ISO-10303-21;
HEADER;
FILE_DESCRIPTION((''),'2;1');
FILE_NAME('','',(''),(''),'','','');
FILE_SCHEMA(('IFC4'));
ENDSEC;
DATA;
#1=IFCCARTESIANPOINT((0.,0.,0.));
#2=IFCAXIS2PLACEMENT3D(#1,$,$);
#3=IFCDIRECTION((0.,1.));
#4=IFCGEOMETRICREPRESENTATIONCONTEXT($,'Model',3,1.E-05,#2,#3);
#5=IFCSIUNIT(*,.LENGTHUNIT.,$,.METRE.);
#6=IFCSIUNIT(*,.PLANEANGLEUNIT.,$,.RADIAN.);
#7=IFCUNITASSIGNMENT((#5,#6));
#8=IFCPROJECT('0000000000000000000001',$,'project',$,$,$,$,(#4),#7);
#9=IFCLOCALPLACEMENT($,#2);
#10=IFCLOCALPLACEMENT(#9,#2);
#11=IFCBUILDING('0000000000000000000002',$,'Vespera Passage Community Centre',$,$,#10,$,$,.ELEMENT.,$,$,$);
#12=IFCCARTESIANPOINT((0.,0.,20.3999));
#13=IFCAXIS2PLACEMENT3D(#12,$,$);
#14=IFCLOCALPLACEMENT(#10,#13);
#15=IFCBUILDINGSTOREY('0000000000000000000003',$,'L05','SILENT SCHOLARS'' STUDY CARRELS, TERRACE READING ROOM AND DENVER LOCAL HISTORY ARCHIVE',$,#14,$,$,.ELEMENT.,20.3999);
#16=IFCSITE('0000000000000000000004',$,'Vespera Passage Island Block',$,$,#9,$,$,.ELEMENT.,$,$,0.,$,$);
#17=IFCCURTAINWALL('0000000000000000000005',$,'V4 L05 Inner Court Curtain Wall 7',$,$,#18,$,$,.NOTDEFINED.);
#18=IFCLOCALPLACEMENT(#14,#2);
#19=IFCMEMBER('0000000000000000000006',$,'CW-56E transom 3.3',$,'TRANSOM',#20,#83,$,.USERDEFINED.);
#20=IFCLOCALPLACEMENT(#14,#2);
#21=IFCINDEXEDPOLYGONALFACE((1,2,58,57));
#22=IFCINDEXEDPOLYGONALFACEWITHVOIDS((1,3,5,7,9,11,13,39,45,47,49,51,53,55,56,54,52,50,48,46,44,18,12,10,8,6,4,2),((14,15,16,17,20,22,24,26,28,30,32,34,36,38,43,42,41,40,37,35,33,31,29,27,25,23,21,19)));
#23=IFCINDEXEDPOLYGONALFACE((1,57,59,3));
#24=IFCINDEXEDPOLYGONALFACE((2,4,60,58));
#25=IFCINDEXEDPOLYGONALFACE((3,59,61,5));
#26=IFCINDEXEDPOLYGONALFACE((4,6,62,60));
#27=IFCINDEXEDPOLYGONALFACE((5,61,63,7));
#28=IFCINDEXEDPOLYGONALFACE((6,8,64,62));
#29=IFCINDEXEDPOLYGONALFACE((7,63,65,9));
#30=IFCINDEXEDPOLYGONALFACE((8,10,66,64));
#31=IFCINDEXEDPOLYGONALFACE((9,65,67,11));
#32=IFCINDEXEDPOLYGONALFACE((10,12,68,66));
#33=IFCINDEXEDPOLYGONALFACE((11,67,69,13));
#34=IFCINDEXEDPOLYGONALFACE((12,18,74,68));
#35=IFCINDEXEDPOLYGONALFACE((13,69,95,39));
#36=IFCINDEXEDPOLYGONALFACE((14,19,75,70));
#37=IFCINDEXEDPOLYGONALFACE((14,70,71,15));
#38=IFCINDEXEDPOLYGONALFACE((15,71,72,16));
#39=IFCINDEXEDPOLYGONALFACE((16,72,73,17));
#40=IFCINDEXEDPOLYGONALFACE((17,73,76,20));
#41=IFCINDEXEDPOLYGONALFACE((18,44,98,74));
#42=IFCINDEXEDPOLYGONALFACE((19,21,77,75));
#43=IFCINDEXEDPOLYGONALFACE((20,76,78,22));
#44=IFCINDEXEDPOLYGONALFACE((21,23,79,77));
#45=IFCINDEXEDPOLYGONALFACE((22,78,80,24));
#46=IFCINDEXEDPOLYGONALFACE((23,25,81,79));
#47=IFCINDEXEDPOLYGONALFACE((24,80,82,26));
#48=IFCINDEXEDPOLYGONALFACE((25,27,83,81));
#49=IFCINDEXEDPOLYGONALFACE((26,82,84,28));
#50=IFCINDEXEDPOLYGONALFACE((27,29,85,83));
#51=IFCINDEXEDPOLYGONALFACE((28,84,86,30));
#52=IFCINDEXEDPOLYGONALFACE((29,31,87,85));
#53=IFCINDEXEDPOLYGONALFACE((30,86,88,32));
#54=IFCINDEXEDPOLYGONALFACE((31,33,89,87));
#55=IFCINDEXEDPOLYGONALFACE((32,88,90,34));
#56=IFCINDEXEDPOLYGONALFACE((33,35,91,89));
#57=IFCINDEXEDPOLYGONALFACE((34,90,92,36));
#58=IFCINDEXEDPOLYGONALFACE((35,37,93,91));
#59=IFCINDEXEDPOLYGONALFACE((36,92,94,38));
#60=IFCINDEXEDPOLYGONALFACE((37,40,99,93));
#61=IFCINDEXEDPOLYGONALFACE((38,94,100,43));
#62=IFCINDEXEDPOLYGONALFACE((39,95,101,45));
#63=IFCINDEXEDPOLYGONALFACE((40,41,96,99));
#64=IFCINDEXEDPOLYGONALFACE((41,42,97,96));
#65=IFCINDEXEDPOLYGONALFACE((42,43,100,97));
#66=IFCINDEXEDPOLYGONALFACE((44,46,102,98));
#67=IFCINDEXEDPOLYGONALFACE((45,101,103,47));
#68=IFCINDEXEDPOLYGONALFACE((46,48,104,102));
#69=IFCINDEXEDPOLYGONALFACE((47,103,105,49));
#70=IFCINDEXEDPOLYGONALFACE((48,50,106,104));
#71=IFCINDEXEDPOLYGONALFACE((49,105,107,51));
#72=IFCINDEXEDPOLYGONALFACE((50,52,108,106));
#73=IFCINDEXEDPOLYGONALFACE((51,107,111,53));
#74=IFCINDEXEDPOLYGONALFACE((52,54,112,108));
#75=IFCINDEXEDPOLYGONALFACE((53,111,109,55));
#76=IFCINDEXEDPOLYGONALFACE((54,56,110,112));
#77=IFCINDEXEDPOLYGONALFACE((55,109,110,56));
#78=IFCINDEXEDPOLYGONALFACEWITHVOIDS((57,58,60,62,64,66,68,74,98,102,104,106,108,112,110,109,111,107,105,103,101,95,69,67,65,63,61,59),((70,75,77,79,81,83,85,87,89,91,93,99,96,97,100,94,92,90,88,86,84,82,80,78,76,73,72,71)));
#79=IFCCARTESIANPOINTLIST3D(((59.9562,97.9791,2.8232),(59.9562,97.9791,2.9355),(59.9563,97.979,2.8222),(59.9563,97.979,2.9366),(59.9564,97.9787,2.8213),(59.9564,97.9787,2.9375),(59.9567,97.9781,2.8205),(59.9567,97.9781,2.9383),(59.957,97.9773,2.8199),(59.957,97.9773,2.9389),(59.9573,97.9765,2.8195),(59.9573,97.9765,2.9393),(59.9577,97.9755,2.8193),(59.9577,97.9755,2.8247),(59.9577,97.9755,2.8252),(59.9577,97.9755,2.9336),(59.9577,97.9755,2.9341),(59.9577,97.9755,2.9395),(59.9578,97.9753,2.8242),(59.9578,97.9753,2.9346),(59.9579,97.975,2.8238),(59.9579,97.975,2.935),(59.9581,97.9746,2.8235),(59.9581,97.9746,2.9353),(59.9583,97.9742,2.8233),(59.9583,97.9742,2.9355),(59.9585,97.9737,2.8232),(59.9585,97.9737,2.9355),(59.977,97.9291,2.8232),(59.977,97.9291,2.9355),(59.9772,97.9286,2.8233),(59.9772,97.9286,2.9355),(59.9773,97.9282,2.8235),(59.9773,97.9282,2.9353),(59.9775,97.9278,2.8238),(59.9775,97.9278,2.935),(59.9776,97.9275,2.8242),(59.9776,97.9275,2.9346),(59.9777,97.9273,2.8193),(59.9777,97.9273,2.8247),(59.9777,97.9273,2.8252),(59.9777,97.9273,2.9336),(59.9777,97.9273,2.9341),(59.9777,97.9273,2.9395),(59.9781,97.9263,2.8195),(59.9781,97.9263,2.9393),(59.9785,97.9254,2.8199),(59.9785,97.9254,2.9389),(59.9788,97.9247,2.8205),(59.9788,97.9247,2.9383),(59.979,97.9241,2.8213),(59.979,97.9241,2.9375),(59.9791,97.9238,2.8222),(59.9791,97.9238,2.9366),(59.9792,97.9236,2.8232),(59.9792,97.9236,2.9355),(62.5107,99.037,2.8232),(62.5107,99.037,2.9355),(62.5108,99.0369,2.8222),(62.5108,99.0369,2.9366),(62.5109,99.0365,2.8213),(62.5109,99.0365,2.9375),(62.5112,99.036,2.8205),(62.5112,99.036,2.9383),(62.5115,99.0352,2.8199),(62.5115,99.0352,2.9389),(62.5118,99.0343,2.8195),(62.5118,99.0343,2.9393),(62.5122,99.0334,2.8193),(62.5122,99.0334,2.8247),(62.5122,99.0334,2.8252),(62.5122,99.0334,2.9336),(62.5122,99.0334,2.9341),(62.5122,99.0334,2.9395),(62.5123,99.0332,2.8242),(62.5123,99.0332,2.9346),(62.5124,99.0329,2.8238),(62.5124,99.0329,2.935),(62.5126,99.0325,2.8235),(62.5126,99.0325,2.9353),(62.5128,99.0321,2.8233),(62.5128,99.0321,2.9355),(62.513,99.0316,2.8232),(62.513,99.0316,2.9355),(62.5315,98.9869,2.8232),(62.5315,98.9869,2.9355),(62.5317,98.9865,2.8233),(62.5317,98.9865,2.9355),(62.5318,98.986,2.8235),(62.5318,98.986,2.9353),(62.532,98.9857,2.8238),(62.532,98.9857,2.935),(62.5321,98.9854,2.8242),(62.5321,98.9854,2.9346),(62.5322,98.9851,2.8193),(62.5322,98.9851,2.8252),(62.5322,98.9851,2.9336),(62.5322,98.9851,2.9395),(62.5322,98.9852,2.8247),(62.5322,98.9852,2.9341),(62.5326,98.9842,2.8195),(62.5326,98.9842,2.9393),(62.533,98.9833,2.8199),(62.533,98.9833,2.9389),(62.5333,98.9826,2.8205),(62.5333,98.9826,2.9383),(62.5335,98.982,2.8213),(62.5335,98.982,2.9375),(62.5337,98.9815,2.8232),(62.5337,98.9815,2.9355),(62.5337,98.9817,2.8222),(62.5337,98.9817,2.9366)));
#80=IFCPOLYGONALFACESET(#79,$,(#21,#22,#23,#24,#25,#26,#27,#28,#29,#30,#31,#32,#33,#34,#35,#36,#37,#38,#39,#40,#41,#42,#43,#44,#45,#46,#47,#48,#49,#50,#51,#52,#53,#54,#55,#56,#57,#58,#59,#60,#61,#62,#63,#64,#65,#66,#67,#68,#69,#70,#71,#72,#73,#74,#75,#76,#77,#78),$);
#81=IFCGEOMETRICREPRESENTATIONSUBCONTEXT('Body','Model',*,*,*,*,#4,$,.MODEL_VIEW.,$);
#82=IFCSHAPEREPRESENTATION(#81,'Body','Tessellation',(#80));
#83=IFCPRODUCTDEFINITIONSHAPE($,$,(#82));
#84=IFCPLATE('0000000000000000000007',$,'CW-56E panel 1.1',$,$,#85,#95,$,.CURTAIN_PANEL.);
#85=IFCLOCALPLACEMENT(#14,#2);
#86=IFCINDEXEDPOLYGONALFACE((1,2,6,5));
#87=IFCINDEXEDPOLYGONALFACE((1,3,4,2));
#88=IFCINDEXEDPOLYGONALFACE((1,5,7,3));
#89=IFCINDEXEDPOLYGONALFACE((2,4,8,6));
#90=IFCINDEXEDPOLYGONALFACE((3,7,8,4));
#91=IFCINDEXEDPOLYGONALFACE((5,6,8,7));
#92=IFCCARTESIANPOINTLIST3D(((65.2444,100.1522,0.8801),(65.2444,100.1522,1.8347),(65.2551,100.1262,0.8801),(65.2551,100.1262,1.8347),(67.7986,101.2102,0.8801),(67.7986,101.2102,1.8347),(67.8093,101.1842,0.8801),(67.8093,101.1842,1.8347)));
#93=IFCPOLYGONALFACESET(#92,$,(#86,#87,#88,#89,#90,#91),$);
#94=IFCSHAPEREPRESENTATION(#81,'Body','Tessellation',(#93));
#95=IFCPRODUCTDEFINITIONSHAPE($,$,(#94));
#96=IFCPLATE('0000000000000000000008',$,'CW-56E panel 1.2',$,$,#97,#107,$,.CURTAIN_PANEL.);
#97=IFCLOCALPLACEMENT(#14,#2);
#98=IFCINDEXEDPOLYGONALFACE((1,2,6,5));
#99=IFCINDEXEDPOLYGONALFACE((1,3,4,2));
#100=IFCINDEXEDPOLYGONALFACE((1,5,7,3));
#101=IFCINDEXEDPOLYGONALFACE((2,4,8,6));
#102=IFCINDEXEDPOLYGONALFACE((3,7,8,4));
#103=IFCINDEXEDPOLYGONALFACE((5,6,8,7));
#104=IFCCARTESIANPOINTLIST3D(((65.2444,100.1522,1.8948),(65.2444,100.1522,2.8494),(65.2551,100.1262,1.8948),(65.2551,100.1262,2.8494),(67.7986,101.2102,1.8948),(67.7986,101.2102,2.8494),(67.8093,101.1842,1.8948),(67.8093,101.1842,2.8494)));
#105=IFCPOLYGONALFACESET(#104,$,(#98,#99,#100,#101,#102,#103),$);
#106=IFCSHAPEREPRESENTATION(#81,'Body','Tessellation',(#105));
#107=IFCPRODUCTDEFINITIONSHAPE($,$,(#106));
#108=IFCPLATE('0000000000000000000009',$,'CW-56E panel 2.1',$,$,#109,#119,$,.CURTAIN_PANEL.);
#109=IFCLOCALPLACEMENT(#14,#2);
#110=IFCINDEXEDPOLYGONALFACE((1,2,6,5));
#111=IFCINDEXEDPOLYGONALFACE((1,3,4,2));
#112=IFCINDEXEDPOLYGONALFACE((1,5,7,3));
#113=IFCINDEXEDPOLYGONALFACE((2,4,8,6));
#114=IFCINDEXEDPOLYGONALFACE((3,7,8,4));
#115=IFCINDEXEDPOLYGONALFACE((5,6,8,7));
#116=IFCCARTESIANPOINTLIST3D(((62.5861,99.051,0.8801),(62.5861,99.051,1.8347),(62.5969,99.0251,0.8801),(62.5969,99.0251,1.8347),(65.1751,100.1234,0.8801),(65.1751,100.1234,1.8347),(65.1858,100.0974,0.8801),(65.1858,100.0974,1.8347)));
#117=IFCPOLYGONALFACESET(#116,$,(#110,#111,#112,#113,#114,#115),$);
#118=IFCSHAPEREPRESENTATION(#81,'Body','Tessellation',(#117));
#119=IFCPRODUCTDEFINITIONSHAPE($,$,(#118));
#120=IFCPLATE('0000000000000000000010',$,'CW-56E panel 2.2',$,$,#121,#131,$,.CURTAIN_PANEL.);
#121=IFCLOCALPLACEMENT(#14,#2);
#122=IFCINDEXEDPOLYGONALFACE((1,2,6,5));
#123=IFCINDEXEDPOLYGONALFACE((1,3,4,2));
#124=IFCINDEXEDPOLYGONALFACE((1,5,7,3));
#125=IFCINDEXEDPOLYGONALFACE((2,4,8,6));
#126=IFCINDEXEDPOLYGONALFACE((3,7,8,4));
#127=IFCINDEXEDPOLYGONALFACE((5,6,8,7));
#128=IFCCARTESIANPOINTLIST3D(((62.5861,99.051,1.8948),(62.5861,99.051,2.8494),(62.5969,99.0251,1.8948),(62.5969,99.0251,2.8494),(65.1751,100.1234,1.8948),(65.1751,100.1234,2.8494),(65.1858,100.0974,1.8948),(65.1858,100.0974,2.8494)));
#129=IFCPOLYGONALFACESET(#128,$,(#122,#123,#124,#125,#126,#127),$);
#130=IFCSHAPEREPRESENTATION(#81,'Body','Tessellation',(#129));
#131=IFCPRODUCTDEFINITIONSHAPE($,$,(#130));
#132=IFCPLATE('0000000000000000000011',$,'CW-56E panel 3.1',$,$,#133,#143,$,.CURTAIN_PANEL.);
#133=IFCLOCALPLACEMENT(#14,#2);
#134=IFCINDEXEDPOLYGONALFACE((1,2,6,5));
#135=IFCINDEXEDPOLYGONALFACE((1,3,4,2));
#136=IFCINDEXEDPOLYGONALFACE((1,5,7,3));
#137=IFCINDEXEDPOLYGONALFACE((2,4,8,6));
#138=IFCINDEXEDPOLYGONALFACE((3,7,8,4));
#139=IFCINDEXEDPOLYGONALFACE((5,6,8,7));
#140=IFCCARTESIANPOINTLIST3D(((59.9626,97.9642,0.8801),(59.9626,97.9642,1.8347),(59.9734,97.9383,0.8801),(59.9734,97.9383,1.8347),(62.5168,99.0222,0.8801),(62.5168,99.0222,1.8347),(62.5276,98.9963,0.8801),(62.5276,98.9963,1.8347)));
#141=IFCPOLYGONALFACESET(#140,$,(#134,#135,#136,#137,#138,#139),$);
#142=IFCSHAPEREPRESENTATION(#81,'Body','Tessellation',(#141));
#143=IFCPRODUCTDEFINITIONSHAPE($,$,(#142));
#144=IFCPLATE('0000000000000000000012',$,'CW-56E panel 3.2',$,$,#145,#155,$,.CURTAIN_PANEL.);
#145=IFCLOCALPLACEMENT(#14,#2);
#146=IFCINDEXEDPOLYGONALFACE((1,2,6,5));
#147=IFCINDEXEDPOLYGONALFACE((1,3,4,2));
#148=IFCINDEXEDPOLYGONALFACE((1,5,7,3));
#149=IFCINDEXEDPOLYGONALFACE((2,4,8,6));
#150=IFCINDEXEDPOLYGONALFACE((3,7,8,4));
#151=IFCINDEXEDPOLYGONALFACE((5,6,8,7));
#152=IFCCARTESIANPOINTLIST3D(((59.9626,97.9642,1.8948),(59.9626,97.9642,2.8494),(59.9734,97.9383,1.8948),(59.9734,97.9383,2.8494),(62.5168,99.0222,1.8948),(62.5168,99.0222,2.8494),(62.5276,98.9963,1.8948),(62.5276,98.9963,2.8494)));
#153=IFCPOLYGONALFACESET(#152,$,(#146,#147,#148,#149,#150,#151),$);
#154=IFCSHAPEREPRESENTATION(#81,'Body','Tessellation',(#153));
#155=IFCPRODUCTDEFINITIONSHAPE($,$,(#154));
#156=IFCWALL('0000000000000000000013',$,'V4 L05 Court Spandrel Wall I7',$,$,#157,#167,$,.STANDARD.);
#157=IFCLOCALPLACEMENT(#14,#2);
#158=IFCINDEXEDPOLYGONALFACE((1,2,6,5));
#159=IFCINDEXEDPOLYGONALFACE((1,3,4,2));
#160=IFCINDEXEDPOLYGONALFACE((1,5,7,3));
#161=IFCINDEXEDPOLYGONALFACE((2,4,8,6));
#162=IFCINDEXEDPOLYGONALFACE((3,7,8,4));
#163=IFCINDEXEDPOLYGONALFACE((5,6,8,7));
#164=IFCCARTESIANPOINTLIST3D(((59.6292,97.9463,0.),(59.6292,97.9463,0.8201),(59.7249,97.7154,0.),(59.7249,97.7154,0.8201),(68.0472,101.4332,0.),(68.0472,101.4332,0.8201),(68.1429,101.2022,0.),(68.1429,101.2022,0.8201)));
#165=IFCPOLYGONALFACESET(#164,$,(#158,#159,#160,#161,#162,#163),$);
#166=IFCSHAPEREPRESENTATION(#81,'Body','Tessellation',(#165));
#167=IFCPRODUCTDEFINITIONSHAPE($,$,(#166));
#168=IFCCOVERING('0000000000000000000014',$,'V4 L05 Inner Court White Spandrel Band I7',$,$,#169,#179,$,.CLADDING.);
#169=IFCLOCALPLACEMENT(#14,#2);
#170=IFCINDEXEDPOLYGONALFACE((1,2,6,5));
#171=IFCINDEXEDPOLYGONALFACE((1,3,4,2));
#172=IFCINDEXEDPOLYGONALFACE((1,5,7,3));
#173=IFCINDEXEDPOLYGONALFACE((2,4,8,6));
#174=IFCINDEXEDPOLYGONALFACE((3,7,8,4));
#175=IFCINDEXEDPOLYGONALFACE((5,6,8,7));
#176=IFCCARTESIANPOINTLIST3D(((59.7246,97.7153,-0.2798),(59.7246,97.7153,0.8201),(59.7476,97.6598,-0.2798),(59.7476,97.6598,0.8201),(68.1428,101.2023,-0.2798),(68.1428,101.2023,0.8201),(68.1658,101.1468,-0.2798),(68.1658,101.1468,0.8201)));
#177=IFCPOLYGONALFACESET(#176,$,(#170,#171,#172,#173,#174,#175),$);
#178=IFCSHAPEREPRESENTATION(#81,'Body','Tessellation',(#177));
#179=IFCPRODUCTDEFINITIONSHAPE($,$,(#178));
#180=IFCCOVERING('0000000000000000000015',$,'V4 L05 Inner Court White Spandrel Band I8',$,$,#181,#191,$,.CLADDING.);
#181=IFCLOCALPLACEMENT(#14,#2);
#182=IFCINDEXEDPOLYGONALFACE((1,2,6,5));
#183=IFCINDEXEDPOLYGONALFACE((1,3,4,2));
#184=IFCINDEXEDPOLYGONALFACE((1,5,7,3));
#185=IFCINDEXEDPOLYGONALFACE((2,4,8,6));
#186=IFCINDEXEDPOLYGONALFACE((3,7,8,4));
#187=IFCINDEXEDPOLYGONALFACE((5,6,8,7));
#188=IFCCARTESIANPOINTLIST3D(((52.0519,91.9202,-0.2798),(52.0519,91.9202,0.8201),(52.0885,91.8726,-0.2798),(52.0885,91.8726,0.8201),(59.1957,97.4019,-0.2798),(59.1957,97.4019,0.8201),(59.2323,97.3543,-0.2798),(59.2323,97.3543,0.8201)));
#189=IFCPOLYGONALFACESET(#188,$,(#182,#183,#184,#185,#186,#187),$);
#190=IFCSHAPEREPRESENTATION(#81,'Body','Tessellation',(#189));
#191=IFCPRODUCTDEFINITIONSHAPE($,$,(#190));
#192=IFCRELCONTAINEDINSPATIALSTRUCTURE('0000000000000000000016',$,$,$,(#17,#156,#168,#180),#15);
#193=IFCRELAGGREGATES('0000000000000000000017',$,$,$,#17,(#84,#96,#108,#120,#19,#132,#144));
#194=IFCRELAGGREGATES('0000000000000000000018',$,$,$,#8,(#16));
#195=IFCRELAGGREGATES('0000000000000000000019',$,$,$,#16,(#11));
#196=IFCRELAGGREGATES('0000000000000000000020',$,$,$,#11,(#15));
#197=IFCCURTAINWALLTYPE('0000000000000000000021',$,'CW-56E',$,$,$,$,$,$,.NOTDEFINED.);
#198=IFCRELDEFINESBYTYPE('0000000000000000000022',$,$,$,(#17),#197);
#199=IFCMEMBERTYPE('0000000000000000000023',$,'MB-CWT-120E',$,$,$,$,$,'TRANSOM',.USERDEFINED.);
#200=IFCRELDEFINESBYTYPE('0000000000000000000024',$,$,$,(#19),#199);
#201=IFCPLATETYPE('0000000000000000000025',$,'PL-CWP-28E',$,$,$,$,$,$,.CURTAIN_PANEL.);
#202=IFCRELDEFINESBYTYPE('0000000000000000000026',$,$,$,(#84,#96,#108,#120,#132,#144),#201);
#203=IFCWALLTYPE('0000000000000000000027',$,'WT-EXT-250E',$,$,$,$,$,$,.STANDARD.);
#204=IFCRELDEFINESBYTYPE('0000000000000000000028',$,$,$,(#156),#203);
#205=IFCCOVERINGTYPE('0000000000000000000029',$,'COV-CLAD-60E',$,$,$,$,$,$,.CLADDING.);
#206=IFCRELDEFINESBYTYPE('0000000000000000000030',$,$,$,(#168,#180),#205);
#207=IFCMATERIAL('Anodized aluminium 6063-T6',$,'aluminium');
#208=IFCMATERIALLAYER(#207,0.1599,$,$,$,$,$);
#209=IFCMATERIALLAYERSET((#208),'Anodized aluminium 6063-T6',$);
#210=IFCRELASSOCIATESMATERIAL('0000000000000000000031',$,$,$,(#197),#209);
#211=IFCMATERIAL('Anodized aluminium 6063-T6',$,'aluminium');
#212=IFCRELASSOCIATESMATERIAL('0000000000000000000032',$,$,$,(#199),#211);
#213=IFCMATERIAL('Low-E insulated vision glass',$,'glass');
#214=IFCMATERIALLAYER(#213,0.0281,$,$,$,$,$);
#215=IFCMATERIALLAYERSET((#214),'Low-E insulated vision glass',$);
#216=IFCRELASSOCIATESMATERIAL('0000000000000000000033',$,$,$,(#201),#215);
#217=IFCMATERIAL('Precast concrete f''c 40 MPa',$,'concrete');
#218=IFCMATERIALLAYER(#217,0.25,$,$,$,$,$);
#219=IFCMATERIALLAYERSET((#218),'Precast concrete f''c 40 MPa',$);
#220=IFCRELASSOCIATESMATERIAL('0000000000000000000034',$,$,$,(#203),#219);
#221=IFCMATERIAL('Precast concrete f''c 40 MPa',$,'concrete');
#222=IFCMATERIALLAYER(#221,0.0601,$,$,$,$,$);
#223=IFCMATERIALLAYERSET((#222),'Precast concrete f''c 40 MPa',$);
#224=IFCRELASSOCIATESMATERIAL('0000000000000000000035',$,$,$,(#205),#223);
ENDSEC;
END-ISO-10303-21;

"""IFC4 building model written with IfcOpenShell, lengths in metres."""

from ifc_helpers import new_model, si_unit, direction, frame, frame_2d, origin, origin_2d, place, context, subcontext, project, spatial, rectangle, hollow_rectangle, extrude, material, layer, layer_set, material_profile, profile_set, type_object, element, aggregate, save


model = new_model("IFC4")

# Units and contexts
model_context = context("Model", 3, precision=1e-05, world=origin(), true_north=direction((0.0, 1.0)))
body_context = subcontext(model_context, "Body", "Model", "MODEL_VIEW")
ifc_project = project(units=[si_unit("LENGTHUNIT", "METRE"), si_unit("PLANEANGLEUNIT", "RADIAN")], contexts=[model_context])

# Site, building, storey
site_placement = place(None, origin())
site = spatial("IfcSite", under=ifc_project, at=site_placement, Name="Vespera Passage Island Block", CompositionType="ELEMENT", RefElevation=0.0)
building_placement = place(site_placement, origin())
building = spatial("IfcBuilding", under=site, at=building_placement, Name="Vespera Passage Community Centre", CompositionType="ELEMENT")
storey_placement = place(building_placement, frame((0.0, 0.0, 20.3999)))
storey = spatial("IfcBuildingStorey", under=building, at=storey_placement, Name="L05", Description="SILENT SCHOLARS' STUDY CARRELS, TERRACE READING ROOM AND DENVER LOCAL HISTORY ARCHIVE", CompositionType="ELEMENT", Elevation=20.3999)

# Curtain wall, member, plates
ifc_material_1 = material(Name="Anodized aluminium 6063-T6", Category="aluminium")
ifc_layer_1 = layer(ifc_material_1, 0.1599)
ifc_layer_set_1 = layer_set([ifc_layer_1], Name="Anodized aluminium 6063-T6")
curtain_wall_type = type_object("IfcCurtainWallType", Name="CW-56E", PredefinedType="NOTDEFINED", material=ifc_layer_set_1)
curtain_wall_placement = place(storey_placement, origin())
curtain_wall = element("IfcCurtainWall", 1, at=curtain_wall_placement, inside=storey, type_object=curtain_wall_type, Name="V4 L05 Inner Court Curtain Wall 7", PredefinedType="NOTDEFINED")
ifc_material_2 = material(Name="Anodized aluminium 6063-T6", Category="aluminium")
ifc_material_profile_1 = material_profile(ifc_material_2, hollow_rectangle(XDim=0.0601, YDim=0.1201, WallThickness=0.0039, InnerFilletRadius=0.002, OuterFilletRadius=0.0039, at=origin_2d()), Name="ALU120X60X4")
ifc_profile_set_1 = profile_set([ifc_material_profile_1], Name="Anodized aluminium 6063-T6")
member_type_1 = type_object("IfcMemberType", Name="MB-CWT-120E", ElementType="TRANSOM", PredefinedType="USERDEFINED", material=ifc_profile_set_1)
member_1_placement = place(storey_placement, frame((62.5222, 99.0093, 2.8794), z_axis=(-0.923908, -0.382614, 0.0), x_axis=(0.382614, -0.923908, 0.0)))
member_1 = element("IfcMember", 2, at=member_1_placement, type_object=member_type_1, Name="CW-56E transom 3.3", ObjectType="TRANSOM", PredefinedType="USERDEFINED", context=body_context, shape_type="SweptSolid", body=[
    extrude(hollow_rectangle(XDim=0.0601, YDim=0.1201, WallThickness=0.0039, InnerFilletRadius=0.002, OuterFilletRadius=0.0039, at=origin_2d()), origin(), (0.0, 0.0, 1.0), 2.7649),
])
ifc_material_3 = material(Name="Low-E insulated vision glass", Category="glass")
ifc_layer_2 = layer(ifc_material_3, 0.0281)
ifc_layer_set_2 = layer_set([ifc_layer_2], Name="Low-E insulated vision glass")
plate_type = type_object("IfcPlateType", Name="PL-CWP-28E", PredefinedType="CURTAIN_PANEL", material=ifc_layer_set_2)
plate_1_placement = place(storey_placement, frame((66.5269, 100.6682, 0.8801), z_axis=(0.0, 0.0, 1.0), x_axis=(-0.923877, -0.38269, 0.0)))
plate_1 = element("IfcPlate", 3, at=plate_1_placement, type_object=plate_type, Name="CW-56E panel 1.1", PredefinedType="CURTAIN_PANEL", context=body_context, shape_type="SweptSolid", body=[
    extrude(rectangle(XDim=2.7646, YDim=0.0281, at=origin_2d()), origin(), (0.0, 0.0, 1.0), 0.9546),
])
plate_2_placement = place(storey_placement, frame((66.5269, 100.6682, 1.8948), z_axis=(0.0, 0.0, 1.0), x_axis=(-0.923877, -0.38269, 0.0)))
plate_2 = element("IfcPlate", 4, at=plate_2_placement, type_object=plate_type, Name="CW-56E panel 1.2", PredefinedType="CURTAIN_PANEL", context=body_context, shape_type="SweptSolid", body=[
    extrude(rectangle(XDim=2.7646, YDim=0.0281, at=origin_2d()), origin(), (0.0, 0.0, 1.0), 0.9546),
])
plate_3_placement = place(storey_placement, frame((63.886, 99.5742, 0.8801), z_axis=(0.0, 0.0, 1.0), x_axis=(-0.923877, -0.38269, 0.0)))
plate_3 = element("IfcPlate", 5, at=plate_3_placement, type_object=plate_type, Name="CW-56E panel 2.1", PredefinedType="CURTAIN_PANEL", context=body_context, shape_type="SweptSolid", body=[
    extrude(rectangle(XDim=2.8022, YDim=0.0281, at=origin_2d()), origin(), (0.0, 0.0, 1.0), 0.9546),
])
plate_4_placement = place(storey_placement, frame((63.886, 99.5742, 1.8948), z_axis=(0.0, 0.0, 1.0), x_axis=(-0.923877, -0.38269, 0.0)))
plate_4 = element("IfcPlate", 6, at=plate_4_placement, type_object=plate_type, Name="CW-56E panel 2.2", PredefinedType="CURTAIN_PANEL", context=body_context, shape_type="SweptSolid", body=[
    extrude(rectangle(XDim=2.8022, YDim=0.0281, at=origin_2d()), origin(), (0.0, 0.0, 1.0), 0.9546),
])
plate_5_placement = place(storey_placement, frame((61.2451, 98.4802, 0.8801), z_axis=(0.0, 0.0, 1.0), x_axis=(-0.923877, -0.38269, 0.0)))
plate_5 = element("IfcPlate", 7, at=plate_5_placement, type_object=plate_type, Name="CW-56E panel 3.1", PredefinedType="CURTAIN_PANEL", context=body_context, shape_type="SweptSolid", body=[
    extrude(rectangle(XDim=2.7646, YDim=0.0281, at=origin_2d()), origin(), (0.0, 0.0, 1.0), 0.9546),
])
plate_6_placement = place(storey_placement, frame((61.2451, 98.4802, 1.8948), z_axis=(0.0, 0.0, 1.0), x_axis=(-0.923877, -0.38269, 0.0)))
plate_6 = element("IfcPlate", 8, at=plate_6_placement, type_object=plate_type, Name="CW-56E panel 3.2", PredefinedType="CURTAIN_PANEL", context=body_context, shape_type="SweptSolid", body=[
    extrude(rectangle(XDim=2.7646, YDim=0.0281, at=origin_2d()), origin(), (0.0, 0.0, 1.0), 0.9546),
])
aggregate(curtain_wall, [plate_1, plate_2, plate_3, plate_4, member_1, plate_5, plate_6])

# Wall
ifc_material_4 = material(Name="Precast concrete f'c 40 MPa", Category="concrete")
ifc_layer_3 = layer(ifc_material_4, 0.25)
ifc_layer_set_3 = layer_set([ifc_layer_3], Name="Precast concrete f'c 40 MPa")
wall_type = type_object("IfcWallType", Name="WT-EXT-250E", PredefinedType="STANDARD", material=ifc_layer_set_3)
wall_placement = place(storey_placement, frame((68.095, 101.3176, 0.0), z_axis=(0.0, 0.0, 1.0), x_axis=(-0.92388, -0.382682, 0.0)))
element("IfcWall", 9, at=wall_placement, inside=storey, type_object=wall_type, Name="V4 L05 Court Spandrel Wall I7", PredefinedType="STANDARD", context=body_context, shape_type="SweptSolid", body=[
    extrude(rectangle(XDim=9.1116, YDim=0.25, at=frame_2d((4.5557, 0.0))), origin(), (0.0, 0.0, 1.0), 0.8201),
])

# Coverings
ifc_material_5 = material(Name="Precast concrete f'c 40 MPa", Category="concrete")
ifc_layer_4 = layer(ifc_material_5, 0.0601)
ifc_layer_set_4 = layer_set([ifc_layer_4], Name="Precast concrete f'c 40 MPa")
covering_type = type_object("IfcCoveringType", Name="COV-CLAD-60E", PredefinedType="CLADDING", material=ifc_layer_set_4)
covering_1_placement = place(storey_placement, frame((68.1543, 101.1746, -0.2798), z_axis=(0.0, 0.0, 1.0), x_axis=(-0.923875, -0.382695, 0.0)))
element("IfcCovering", 10, at=covering_1_placement, inside=storey, type_object=covering_type, Name="V4 L05 Inner Court White Spandrel Band I7", PredefinedType="CLADDING", context=body_context, shape_type="SweptSolid", body=[
    extrude(rectangle(XDim=9.1118, YDim=0.0601, at=frame_2d((4.5559, 0.0))), origin(), (0.0, 0.0, 1.0), 1.0999),
])
covering_2_placement = place(storey_placement, frame((59.2141, 97.3782, -0.2798), z_axis=(0.0, 0.0, 1.0), x_axis=(-0.79335, -0.608766, 0.0)))
element("IfcCovering", 11, at=covering_2_placement, inside=storey, type_object=covering_type, Name="V4 L05 Inner Court White Spandrel Band I8", PredefinedType="CLADDING", context=body_context, shape_type="SweptSolid", body=[
    extrude(rectangle(XDim=9.0046, YDim=0.0601, at=frame_2d((4.5024, 0.0))), origin(), (0.0, 0.0, 1.0), 1.0999),
])

save(model, "model.ifc")
